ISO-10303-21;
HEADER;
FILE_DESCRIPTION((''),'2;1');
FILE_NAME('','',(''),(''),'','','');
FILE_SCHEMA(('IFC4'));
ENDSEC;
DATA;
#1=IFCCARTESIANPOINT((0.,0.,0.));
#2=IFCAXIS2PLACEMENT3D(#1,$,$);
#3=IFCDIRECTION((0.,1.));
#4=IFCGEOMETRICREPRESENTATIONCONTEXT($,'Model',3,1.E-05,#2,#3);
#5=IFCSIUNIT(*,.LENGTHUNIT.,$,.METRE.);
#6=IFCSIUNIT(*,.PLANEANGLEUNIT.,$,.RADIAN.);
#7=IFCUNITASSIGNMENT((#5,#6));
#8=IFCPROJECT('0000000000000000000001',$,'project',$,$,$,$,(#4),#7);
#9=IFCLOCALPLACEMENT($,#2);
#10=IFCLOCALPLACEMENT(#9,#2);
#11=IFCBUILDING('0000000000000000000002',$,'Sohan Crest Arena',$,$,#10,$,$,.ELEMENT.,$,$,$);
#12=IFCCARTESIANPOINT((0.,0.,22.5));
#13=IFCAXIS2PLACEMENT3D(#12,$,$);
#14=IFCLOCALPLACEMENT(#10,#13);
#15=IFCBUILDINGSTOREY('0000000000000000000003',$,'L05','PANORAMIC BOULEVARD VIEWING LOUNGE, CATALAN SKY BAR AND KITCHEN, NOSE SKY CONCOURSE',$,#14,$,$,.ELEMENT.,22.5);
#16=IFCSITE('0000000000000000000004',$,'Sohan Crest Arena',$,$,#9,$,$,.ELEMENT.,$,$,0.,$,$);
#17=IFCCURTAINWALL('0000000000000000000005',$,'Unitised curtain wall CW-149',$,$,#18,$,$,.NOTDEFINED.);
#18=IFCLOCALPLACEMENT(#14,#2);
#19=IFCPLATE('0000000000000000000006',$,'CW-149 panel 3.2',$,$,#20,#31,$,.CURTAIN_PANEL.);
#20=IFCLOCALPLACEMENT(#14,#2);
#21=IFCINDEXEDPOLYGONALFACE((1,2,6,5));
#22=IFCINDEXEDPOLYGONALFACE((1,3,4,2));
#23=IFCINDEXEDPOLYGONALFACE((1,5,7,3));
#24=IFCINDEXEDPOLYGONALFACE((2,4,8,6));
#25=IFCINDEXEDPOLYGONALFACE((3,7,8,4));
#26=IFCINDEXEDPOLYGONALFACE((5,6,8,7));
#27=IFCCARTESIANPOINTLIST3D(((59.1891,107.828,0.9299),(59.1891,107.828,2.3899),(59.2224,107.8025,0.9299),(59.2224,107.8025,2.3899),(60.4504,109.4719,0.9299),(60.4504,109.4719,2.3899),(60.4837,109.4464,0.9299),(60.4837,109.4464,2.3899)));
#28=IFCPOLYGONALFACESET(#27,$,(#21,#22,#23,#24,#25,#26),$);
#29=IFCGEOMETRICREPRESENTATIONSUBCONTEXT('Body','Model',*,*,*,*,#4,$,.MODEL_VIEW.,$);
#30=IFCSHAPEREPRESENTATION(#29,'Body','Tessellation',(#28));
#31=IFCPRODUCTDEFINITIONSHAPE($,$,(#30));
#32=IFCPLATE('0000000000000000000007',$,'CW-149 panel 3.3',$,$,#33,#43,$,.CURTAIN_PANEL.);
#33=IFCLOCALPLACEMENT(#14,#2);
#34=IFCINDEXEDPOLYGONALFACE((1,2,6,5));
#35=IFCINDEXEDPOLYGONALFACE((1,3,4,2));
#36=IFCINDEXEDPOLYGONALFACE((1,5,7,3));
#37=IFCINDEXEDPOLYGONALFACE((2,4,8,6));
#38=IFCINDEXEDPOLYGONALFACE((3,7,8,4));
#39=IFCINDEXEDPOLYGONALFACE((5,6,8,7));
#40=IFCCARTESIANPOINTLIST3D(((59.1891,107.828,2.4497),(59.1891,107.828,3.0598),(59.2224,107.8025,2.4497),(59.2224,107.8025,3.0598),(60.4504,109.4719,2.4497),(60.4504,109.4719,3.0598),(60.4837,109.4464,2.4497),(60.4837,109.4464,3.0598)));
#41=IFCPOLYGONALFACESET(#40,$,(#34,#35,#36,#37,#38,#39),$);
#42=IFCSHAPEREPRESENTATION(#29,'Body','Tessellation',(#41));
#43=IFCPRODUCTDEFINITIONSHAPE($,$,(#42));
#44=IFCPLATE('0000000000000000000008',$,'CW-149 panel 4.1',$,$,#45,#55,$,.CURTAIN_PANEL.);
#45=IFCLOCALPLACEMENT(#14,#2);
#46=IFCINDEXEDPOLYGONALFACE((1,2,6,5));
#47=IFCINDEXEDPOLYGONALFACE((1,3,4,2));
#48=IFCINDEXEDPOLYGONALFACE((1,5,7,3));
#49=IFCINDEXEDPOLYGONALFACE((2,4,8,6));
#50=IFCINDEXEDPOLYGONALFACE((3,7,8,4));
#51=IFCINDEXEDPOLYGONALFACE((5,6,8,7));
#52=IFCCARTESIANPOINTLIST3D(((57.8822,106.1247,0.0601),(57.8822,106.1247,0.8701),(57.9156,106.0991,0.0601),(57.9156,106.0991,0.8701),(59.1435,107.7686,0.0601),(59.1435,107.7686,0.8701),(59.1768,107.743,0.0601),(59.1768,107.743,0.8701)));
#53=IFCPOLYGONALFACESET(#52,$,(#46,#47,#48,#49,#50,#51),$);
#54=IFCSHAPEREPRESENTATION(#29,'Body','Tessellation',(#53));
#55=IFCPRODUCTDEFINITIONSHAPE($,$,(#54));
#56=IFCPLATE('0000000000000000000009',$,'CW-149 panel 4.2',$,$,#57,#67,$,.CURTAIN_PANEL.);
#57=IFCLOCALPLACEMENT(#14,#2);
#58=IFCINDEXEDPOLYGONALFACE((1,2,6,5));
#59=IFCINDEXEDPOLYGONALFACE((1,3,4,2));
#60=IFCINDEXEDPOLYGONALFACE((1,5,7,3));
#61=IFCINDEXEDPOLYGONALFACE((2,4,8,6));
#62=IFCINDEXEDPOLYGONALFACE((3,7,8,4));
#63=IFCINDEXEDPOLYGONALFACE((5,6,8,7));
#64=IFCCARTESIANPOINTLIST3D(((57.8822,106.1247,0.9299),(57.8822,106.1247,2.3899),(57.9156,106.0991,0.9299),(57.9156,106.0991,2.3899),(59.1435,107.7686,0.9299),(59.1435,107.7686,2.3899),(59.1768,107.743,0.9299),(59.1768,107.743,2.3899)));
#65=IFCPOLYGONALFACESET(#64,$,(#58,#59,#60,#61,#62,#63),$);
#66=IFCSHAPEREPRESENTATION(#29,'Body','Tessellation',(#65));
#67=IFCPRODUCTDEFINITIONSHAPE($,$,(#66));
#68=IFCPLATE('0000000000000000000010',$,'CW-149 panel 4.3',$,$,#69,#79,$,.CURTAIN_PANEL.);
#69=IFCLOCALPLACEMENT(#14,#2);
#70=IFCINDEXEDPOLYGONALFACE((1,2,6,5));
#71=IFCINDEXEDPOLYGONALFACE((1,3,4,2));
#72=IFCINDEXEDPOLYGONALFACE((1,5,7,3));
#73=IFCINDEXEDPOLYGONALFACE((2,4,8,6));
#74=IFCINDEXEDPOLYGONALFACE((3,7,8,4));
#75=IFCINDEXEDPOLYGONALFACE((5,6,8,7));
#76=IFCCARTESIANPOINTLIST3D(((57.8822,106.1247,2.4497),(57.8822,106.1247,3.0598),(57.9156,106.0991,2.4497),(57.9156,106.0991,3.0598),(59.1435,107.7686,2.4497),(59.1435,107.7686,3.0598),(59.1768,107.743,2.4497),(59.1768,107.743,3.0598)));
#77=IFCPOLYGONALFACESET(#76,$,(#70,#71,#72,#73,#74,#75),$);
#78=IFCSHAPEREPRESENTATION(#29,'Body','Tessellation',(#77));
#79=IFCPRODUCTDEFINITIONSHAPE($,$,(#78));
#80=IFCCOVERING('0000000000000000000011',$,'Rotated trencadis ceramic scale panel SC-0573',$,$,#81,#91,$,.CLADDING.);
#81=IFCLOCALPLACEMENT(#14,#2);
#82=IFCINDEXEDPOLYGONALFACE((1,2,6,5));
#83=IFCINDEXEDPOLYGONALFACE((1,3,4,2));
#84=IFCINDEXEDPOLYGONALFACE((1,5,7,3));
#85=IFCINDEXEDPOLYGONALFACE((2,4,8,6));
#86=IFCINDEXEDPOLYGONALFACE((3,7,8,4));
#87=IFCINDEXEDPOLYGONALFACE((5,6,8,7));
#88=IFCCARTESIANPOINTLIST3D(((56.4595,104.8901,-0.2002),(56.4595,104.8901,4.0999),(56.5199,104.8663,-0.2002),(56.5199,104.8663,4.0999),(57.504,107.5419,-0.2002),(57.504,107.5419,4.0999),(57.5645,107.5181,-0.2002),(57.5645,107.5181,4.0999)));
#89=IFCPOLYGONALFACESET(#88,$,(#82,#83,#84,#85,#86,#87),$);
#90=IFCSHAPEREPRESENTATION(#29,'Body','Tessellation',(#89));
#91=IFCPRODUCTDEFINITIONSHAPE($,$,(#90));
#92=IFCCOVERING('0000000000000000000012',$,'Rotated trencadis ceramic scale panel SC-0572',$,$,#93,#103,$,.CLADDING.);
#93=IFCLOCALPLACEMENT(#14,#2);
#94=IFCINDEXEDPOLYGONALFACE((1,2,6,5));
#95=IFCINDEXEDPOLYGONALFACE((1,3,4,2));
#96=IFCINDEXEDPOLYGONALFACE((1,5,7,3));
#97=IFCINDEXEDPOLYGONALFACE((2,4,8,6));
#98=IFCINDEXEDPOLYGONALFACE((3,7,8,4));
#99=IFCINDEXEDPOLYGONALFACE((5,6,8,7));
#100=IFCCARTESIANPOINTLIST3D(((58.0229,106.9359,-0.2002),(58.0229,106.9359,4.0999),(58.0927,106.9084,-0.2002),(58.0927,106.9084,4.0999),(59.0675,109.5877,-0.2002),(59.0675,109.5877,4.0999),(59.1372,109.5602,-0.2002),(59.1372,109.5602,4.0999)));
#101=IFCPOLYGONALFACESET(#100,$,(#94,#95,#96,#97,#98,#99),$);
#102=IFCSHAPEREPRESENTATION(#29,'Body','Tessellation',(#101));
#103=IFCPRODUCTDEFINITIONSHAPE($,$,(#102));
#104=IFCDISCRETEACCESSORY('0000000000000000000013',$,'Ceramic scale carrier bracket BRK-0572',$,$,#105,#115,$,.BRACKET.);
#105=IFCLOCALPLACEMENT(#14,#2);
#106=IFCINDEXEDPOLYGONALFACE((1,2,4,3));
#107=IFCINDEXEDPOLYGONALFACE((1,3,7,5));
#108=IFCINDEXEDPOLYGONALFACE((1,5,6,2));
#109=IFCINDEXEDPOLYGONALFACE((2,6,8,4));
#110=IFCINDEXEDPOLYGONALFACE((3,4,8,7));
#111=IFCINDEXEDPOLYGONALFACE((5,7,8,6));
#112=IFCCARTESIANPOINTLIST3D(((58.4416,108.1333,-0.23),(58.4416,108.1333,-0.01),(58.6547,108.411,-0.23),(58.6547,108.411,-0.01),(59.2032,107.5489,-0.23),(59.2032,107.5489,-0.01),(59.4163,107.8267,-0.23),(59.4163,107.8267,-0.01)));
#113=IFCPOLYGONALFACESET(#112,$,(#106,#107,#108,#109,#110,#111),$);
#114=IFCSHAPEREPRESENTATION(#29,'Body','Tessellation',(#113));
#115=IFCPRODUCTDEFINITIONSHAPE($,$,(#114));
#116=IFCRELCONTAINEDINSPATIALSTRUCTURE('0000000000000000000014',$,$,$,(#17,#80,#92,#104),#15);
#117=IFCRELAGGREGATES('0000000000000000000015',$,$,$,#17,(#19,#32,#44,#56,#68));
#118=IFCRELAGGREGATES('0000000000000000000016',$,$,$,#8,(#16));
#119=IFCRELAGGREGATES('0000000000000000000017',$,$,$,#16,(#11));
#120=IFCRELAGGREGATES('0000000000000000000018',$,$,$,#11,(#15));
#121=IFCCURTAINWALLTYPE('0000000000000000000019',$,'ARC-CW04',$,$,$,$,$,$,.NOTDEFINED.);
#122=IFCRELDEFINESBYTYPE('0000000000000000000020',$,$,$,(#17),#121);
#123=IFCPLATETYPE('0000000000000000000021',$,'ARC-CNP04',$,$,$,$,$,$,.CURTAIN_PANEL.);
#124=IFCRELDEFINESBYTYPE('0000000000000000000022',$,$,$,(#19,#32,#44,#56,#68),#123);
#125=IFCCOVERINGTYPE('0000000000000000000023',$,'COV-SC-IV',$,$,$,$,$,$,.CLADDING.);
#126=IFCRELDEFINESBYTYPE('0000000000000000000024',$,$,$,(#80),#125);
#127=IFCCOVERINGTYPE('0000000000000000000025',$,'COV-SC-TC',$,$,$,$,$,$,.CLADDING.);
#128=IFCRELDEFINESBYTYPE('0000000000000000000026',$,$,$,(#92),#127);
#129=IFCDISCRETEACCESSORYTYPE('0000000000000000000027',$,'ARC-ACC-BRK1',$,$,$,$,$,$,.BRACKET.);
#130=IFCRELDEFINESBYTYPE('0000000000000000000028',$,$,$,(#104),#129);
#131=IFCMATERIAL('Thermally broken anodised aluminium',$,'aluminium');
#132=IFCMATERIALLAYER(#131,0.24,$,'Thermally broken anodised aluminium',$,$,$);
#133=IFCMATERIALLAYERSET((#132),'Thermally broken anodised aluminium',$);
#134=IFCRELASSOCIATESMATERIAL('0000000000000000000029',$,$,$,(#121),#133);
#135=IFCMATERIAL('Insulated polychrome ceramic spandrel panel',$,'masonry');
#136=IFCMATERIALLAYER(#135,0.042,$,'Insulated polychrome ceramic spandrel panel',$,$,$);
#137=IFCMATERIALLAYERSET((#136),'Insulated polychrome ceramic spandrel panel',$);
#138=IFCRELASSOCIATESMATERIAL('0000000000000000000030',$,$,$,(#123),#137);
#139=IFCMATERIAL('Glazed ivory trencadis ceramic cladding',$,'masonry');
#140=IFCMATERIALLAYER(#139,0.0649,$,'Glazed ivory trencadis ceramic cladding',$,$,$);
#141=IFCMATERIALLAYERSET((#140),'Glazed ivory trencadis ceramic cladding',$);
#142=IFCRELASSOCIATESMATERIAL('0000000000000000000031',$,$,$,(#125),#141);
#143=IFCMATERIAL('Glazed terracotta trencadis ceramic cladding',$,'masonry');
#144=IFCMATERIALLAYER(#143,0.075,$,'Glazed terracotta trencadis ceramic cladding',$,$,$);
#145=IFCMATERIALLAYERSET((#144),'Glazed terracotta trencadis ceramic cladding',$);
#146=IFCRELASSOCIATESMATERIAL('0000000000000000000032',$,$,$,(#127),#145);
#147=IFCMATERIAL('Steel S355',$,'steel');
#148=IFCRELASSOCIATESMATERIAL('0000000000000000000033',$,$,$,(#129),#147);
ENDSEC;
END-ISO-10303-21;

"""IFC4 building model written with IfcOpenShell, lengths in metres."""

from ifc_helpers import new_model, si_unit, direction, frame, origin, origin_2d, place, context, subcontext, project, spatial, rectangle, extrude, material, layer, layer_set, type_object, element, aggregate, save


model = new_model("IFC4")

# Units and contexts
model_context = context("Model", 3, precision=1e-05, world=origin(), true_north=direction((0.0, 1.0)))
body_context = subcontext(model_context, "Body", "Model", "MODEL_VIEW")
ifc_project = project(units=[si_unit("LENGTHUNIT", "METRE"), si_unit("PLANEANGLEUNIT", "RADIAN")], contexts=[model_context])

# Site, building, storey
site_placement = place(None, origin())
site = spatial("IfcSite", under=ifc_project, at=site_placement, Name="Sohan Crest Arena", CompositionType="ELEMENT", RefElevation=0.0)
building_placement = place(site_placement, origin())
building = spatial("IfcBuilding", under=site, at=building_placement, Name="Sohan Crest Arena", CompositionType="ELEMENT")
storey_placement = place(building_placement, frame((0.0, 0.0, 22.5)))
storey = spatial("IfcBuildingStorey", under=building, at=storey_placement, Name="L05", Description="PANORAMIC BOULEVARD VIEWING LOUNGE, CATALAN SKY BAR AND KITCHEN, NOSE SKY CONCOURSE", CompositionType="ELEMENT", Elevation=22.5)

# Curtain wall, plates
ifc_material_1 = material(Name="Thermally broken anodised aluminium", Category="aluminium")
ifc_layer_1 = layer(ifc_material_1, 0.24, Name="Thermally broken anodised aluminium")
ifc_layer_set_1 = layer_set([ifc_layer_1], Name="Thermally broken anodised aluminium")
curtain_wall_type = type_object("IfcCurtainWallType", Name="ARC-CW04", PredefinedType="NOTDEFINED", material=ifc_layer_set_1)
curtain_wall_placement = place(storey_placement, origin())
curtain_wall = element("IfcCurtainWall", 1, at=curtain_wall_placement, inside=storey, type_object=curtain_wall_type, Name="Unitised curtain wall CW-149", PredefinedType="NOTDEFINED")
ifc_material_2 = material(Name="Insulated polychrome ceramic spandrel panel", Category="masonry")
ifc_layer_2 = layer(ifc_material_2, 0.042, Name="Insulated polychrome ceramic spandrel panel")
ifc_layer_set_2 = layer_set([ifc_layer_2], Name="Insulated polychrome ceramic spandrel panel")
plate_type = type_object("IfcPlateType", Name="ARC-CNP04", PredefinedType="CURTAIN_PANEL", material=ifc_layer_set_2)
plate_1_placement = place(storey_placement, frame((59.8364, 108.6372, 0.9299), z_axis=(0.0, 0.0, 1.0), x_axis=(-0.60872, -0.793385, 0.0)))
plate_1 = element("IfcPlate", 2, at=plate_1_placement, type_object=plate_type, Name="CW-149 panel 3.2", PredefinedType="CURTAIN_PANEL", context=body_context, shape_type="SweptSolid", body=[
    extrude(rectangle(XDim=2.072, YDim=0.042, at=origin_2d()), origin(), (0.0, 0.0, 1.0), 1.46),
])
plate_2_placement = place(storey_placement, frame((59.8364, 108.6372, 2.4497), z_axis=(0.0, 0.0, 1.0), x_axis=(-0.60872, -0.793385, 0.0)))
plate_2 = element("IfcPlate", 3, at=plate_2_placement, type_object=plate_type, Name="CW-149 panel 3.3", PredefinedType="CURTAIN_PANEL", context=body_context, shape_type="SweptSolid", body=[
    extrude(rectangle(XDim=2.072, YDim=0.042, at=origin_2d()), origin(), (0.0, 0.0, 1.0), 0.6101),
])
plate_3_placement = place(storey_placement, frame((58.5295, 106.9338, 0.0601), z_axis=(0.0, 0.0, 1.0), x_axis=(-0.60872, -0.793385, 0.0)))
plate_3 = element("IfcPlate", 4, at=plate_3_placement, type_object=plate_type, Name="CW-149 panel 4.1", PredefinedType="CURTAIN_PANEL", context=body_context, shape_type="SweptSolid", body=[
    extrude(rectangle(XDim=2.072, YDim=0.042, at=origin_2d()), origin(), (0.0, 0.0, 1.0), 0.8101),
])
plate_4_placement = place(storey_placement, frame((58.5295, 106.9338, 0.9299), z_axis=(0.0, 0.0, 1.0), x_axis=(-0.60872, -0.793385, 0.0)))
plate_4 = element("IfcPlate", 5, at=plate_4_placement, type_object=plate_type, Name="CW-149 panel 4.2", PredefinedType="CURTAIN_PANEL", context=body_context, shape_type="SweptSolid", body=[
    extrude(rectangle(XDim=2.072, YDim=0.042, at=origin_2d()), origin(), (0.0, 0.0, 1.0), 1.46),
])
plate_5_placement = place(storey_placement, frame((58.5295, 106.9338, 2.4497), z_axis=(0.0, 0.0, 1.0), x_axis=(-0.60872, -0.793385, 0.0)))
plate_5 = element("IfcPlate", 6, at=plate_5_placement, type_object=plate_type, Name="CW-149 panel 4.3", PredefinedType="CURTAIN_PANEL", context=body_context, shape_type="SweptSolid", body=[
    extrude(rectangle(XDim=2.072, YDim=0.042, at=origin_2d()), origin(), (0.0, 0.0, 1.0), 0.6101),
])
aggregate(curtain_wall, [plate_1, plate_2, plate_3, plate_4, plate_5])

# Coverings
ifc_material_3 = material(Name="Glazed ivory trencadis ceramic cladding", Category="masonry")
ifc_layer_3 = layer(ifc_material_3, 0.0649, Name="Glazed ivory trencadis ceramic cladding")
ifc_layer_set_3 = layer_set([ifc_layer_3], Name="Glazed ivory trencadis ceramic cladding")
covering_type_1 = type_object("IfcCoveringType", Name="COV-SC-IV", PredefinedType="CLADDING", material=ifc_layer_set_3)
covering_1_placement = place(storey_placement, frame((57.012, 106.2041, -0.2002), z_axis=(0.0, 0.0, 1.0), x_axis=(-0.366501, -0.930418, 0.0)))
element("IfcCovering", 7, at=covering_1_placement, inside=storey, type_object=covering_type_1, Name="Rotated trencadis ceramic scale panel SC-0573", PredefinedType="CLADDING", context=body_context, shape_type="SweptSolid", body=[
    extrude(rectangle(XDim=2.8501, YDim=0.0649, at=origin_2d()), origin(), (0.0, 0.0, 1.0), 4.3),
])
ifc_material_4 = material(Name="Glazed terracotta trencadis ceramic cladding", Category="masonry")
ifc_layer_4 = layer(ifc_material_4, 0.075, Name="Glazed terracotta trencadis ceramic cladding")
ifc_layer_set_4 = layer_set([ifc_layer_4], Name="Glazed terracotta trencadis ceramic cladding")
covering_type_2 = type_object("IfcCoveringType", Name="COV-SC-TC", PredefinedType="CLADDING", material=ifc_layer_set_4)
covering_2_placement = place(storey_placement, frame((58.5801, 108.248, -0.2002), z_axis=(0.0, 0.0, 1.0), x_axis=(-0.366501, -0.930418, 0.0)))
element("IfcCovering", 8, at=covering_2_placement, inside=storey, type_object=covering_type_2, Name="Rotated trencadis ceramic scale panel SC-0572", PredefinedType="CLADDING", context=body_context, shape_type="SweptSolid", body=[
    extrude(rectangle(XDim=2.8501, YDim=0.075, at=origin_2d()), origin(), (0.0, 0.0, 1.0), 4.3),
])

# Discrete accessory
ifc_material_5 = material(Name="Steel S355", Category="steel")
discrete_accessory_type = type_object("IfcDiscreteAccessoryType", Name="ARC-ACC-BRK1", PredefinedType="BRACKET", material=ifc_material_5)
discrete_accessory_placement = place(storey_placement, frame((58.929, 107.98, -0.23), z_axis=(0.0, 0.0, 1.0), x_axis=(-0.608761, -0.793353, 0.0)))
element("IfcDiscreteAccessory", 9, at=discrete_accessory_placement, inside=storey, type_object=discrete_accessory_type, Name="Ceramic scale carrier bracket BRK-0572", PredefinedType="BRACKET", context=body_context, shape_type="SweptSolid", body=[
    extrude(rectangle(XDim=0.3501, YDim=0.96, at=origin_2d()), origin(), (0.0, 0.0, 1.0), 0.22),
])

save(model, "model.ifc")
